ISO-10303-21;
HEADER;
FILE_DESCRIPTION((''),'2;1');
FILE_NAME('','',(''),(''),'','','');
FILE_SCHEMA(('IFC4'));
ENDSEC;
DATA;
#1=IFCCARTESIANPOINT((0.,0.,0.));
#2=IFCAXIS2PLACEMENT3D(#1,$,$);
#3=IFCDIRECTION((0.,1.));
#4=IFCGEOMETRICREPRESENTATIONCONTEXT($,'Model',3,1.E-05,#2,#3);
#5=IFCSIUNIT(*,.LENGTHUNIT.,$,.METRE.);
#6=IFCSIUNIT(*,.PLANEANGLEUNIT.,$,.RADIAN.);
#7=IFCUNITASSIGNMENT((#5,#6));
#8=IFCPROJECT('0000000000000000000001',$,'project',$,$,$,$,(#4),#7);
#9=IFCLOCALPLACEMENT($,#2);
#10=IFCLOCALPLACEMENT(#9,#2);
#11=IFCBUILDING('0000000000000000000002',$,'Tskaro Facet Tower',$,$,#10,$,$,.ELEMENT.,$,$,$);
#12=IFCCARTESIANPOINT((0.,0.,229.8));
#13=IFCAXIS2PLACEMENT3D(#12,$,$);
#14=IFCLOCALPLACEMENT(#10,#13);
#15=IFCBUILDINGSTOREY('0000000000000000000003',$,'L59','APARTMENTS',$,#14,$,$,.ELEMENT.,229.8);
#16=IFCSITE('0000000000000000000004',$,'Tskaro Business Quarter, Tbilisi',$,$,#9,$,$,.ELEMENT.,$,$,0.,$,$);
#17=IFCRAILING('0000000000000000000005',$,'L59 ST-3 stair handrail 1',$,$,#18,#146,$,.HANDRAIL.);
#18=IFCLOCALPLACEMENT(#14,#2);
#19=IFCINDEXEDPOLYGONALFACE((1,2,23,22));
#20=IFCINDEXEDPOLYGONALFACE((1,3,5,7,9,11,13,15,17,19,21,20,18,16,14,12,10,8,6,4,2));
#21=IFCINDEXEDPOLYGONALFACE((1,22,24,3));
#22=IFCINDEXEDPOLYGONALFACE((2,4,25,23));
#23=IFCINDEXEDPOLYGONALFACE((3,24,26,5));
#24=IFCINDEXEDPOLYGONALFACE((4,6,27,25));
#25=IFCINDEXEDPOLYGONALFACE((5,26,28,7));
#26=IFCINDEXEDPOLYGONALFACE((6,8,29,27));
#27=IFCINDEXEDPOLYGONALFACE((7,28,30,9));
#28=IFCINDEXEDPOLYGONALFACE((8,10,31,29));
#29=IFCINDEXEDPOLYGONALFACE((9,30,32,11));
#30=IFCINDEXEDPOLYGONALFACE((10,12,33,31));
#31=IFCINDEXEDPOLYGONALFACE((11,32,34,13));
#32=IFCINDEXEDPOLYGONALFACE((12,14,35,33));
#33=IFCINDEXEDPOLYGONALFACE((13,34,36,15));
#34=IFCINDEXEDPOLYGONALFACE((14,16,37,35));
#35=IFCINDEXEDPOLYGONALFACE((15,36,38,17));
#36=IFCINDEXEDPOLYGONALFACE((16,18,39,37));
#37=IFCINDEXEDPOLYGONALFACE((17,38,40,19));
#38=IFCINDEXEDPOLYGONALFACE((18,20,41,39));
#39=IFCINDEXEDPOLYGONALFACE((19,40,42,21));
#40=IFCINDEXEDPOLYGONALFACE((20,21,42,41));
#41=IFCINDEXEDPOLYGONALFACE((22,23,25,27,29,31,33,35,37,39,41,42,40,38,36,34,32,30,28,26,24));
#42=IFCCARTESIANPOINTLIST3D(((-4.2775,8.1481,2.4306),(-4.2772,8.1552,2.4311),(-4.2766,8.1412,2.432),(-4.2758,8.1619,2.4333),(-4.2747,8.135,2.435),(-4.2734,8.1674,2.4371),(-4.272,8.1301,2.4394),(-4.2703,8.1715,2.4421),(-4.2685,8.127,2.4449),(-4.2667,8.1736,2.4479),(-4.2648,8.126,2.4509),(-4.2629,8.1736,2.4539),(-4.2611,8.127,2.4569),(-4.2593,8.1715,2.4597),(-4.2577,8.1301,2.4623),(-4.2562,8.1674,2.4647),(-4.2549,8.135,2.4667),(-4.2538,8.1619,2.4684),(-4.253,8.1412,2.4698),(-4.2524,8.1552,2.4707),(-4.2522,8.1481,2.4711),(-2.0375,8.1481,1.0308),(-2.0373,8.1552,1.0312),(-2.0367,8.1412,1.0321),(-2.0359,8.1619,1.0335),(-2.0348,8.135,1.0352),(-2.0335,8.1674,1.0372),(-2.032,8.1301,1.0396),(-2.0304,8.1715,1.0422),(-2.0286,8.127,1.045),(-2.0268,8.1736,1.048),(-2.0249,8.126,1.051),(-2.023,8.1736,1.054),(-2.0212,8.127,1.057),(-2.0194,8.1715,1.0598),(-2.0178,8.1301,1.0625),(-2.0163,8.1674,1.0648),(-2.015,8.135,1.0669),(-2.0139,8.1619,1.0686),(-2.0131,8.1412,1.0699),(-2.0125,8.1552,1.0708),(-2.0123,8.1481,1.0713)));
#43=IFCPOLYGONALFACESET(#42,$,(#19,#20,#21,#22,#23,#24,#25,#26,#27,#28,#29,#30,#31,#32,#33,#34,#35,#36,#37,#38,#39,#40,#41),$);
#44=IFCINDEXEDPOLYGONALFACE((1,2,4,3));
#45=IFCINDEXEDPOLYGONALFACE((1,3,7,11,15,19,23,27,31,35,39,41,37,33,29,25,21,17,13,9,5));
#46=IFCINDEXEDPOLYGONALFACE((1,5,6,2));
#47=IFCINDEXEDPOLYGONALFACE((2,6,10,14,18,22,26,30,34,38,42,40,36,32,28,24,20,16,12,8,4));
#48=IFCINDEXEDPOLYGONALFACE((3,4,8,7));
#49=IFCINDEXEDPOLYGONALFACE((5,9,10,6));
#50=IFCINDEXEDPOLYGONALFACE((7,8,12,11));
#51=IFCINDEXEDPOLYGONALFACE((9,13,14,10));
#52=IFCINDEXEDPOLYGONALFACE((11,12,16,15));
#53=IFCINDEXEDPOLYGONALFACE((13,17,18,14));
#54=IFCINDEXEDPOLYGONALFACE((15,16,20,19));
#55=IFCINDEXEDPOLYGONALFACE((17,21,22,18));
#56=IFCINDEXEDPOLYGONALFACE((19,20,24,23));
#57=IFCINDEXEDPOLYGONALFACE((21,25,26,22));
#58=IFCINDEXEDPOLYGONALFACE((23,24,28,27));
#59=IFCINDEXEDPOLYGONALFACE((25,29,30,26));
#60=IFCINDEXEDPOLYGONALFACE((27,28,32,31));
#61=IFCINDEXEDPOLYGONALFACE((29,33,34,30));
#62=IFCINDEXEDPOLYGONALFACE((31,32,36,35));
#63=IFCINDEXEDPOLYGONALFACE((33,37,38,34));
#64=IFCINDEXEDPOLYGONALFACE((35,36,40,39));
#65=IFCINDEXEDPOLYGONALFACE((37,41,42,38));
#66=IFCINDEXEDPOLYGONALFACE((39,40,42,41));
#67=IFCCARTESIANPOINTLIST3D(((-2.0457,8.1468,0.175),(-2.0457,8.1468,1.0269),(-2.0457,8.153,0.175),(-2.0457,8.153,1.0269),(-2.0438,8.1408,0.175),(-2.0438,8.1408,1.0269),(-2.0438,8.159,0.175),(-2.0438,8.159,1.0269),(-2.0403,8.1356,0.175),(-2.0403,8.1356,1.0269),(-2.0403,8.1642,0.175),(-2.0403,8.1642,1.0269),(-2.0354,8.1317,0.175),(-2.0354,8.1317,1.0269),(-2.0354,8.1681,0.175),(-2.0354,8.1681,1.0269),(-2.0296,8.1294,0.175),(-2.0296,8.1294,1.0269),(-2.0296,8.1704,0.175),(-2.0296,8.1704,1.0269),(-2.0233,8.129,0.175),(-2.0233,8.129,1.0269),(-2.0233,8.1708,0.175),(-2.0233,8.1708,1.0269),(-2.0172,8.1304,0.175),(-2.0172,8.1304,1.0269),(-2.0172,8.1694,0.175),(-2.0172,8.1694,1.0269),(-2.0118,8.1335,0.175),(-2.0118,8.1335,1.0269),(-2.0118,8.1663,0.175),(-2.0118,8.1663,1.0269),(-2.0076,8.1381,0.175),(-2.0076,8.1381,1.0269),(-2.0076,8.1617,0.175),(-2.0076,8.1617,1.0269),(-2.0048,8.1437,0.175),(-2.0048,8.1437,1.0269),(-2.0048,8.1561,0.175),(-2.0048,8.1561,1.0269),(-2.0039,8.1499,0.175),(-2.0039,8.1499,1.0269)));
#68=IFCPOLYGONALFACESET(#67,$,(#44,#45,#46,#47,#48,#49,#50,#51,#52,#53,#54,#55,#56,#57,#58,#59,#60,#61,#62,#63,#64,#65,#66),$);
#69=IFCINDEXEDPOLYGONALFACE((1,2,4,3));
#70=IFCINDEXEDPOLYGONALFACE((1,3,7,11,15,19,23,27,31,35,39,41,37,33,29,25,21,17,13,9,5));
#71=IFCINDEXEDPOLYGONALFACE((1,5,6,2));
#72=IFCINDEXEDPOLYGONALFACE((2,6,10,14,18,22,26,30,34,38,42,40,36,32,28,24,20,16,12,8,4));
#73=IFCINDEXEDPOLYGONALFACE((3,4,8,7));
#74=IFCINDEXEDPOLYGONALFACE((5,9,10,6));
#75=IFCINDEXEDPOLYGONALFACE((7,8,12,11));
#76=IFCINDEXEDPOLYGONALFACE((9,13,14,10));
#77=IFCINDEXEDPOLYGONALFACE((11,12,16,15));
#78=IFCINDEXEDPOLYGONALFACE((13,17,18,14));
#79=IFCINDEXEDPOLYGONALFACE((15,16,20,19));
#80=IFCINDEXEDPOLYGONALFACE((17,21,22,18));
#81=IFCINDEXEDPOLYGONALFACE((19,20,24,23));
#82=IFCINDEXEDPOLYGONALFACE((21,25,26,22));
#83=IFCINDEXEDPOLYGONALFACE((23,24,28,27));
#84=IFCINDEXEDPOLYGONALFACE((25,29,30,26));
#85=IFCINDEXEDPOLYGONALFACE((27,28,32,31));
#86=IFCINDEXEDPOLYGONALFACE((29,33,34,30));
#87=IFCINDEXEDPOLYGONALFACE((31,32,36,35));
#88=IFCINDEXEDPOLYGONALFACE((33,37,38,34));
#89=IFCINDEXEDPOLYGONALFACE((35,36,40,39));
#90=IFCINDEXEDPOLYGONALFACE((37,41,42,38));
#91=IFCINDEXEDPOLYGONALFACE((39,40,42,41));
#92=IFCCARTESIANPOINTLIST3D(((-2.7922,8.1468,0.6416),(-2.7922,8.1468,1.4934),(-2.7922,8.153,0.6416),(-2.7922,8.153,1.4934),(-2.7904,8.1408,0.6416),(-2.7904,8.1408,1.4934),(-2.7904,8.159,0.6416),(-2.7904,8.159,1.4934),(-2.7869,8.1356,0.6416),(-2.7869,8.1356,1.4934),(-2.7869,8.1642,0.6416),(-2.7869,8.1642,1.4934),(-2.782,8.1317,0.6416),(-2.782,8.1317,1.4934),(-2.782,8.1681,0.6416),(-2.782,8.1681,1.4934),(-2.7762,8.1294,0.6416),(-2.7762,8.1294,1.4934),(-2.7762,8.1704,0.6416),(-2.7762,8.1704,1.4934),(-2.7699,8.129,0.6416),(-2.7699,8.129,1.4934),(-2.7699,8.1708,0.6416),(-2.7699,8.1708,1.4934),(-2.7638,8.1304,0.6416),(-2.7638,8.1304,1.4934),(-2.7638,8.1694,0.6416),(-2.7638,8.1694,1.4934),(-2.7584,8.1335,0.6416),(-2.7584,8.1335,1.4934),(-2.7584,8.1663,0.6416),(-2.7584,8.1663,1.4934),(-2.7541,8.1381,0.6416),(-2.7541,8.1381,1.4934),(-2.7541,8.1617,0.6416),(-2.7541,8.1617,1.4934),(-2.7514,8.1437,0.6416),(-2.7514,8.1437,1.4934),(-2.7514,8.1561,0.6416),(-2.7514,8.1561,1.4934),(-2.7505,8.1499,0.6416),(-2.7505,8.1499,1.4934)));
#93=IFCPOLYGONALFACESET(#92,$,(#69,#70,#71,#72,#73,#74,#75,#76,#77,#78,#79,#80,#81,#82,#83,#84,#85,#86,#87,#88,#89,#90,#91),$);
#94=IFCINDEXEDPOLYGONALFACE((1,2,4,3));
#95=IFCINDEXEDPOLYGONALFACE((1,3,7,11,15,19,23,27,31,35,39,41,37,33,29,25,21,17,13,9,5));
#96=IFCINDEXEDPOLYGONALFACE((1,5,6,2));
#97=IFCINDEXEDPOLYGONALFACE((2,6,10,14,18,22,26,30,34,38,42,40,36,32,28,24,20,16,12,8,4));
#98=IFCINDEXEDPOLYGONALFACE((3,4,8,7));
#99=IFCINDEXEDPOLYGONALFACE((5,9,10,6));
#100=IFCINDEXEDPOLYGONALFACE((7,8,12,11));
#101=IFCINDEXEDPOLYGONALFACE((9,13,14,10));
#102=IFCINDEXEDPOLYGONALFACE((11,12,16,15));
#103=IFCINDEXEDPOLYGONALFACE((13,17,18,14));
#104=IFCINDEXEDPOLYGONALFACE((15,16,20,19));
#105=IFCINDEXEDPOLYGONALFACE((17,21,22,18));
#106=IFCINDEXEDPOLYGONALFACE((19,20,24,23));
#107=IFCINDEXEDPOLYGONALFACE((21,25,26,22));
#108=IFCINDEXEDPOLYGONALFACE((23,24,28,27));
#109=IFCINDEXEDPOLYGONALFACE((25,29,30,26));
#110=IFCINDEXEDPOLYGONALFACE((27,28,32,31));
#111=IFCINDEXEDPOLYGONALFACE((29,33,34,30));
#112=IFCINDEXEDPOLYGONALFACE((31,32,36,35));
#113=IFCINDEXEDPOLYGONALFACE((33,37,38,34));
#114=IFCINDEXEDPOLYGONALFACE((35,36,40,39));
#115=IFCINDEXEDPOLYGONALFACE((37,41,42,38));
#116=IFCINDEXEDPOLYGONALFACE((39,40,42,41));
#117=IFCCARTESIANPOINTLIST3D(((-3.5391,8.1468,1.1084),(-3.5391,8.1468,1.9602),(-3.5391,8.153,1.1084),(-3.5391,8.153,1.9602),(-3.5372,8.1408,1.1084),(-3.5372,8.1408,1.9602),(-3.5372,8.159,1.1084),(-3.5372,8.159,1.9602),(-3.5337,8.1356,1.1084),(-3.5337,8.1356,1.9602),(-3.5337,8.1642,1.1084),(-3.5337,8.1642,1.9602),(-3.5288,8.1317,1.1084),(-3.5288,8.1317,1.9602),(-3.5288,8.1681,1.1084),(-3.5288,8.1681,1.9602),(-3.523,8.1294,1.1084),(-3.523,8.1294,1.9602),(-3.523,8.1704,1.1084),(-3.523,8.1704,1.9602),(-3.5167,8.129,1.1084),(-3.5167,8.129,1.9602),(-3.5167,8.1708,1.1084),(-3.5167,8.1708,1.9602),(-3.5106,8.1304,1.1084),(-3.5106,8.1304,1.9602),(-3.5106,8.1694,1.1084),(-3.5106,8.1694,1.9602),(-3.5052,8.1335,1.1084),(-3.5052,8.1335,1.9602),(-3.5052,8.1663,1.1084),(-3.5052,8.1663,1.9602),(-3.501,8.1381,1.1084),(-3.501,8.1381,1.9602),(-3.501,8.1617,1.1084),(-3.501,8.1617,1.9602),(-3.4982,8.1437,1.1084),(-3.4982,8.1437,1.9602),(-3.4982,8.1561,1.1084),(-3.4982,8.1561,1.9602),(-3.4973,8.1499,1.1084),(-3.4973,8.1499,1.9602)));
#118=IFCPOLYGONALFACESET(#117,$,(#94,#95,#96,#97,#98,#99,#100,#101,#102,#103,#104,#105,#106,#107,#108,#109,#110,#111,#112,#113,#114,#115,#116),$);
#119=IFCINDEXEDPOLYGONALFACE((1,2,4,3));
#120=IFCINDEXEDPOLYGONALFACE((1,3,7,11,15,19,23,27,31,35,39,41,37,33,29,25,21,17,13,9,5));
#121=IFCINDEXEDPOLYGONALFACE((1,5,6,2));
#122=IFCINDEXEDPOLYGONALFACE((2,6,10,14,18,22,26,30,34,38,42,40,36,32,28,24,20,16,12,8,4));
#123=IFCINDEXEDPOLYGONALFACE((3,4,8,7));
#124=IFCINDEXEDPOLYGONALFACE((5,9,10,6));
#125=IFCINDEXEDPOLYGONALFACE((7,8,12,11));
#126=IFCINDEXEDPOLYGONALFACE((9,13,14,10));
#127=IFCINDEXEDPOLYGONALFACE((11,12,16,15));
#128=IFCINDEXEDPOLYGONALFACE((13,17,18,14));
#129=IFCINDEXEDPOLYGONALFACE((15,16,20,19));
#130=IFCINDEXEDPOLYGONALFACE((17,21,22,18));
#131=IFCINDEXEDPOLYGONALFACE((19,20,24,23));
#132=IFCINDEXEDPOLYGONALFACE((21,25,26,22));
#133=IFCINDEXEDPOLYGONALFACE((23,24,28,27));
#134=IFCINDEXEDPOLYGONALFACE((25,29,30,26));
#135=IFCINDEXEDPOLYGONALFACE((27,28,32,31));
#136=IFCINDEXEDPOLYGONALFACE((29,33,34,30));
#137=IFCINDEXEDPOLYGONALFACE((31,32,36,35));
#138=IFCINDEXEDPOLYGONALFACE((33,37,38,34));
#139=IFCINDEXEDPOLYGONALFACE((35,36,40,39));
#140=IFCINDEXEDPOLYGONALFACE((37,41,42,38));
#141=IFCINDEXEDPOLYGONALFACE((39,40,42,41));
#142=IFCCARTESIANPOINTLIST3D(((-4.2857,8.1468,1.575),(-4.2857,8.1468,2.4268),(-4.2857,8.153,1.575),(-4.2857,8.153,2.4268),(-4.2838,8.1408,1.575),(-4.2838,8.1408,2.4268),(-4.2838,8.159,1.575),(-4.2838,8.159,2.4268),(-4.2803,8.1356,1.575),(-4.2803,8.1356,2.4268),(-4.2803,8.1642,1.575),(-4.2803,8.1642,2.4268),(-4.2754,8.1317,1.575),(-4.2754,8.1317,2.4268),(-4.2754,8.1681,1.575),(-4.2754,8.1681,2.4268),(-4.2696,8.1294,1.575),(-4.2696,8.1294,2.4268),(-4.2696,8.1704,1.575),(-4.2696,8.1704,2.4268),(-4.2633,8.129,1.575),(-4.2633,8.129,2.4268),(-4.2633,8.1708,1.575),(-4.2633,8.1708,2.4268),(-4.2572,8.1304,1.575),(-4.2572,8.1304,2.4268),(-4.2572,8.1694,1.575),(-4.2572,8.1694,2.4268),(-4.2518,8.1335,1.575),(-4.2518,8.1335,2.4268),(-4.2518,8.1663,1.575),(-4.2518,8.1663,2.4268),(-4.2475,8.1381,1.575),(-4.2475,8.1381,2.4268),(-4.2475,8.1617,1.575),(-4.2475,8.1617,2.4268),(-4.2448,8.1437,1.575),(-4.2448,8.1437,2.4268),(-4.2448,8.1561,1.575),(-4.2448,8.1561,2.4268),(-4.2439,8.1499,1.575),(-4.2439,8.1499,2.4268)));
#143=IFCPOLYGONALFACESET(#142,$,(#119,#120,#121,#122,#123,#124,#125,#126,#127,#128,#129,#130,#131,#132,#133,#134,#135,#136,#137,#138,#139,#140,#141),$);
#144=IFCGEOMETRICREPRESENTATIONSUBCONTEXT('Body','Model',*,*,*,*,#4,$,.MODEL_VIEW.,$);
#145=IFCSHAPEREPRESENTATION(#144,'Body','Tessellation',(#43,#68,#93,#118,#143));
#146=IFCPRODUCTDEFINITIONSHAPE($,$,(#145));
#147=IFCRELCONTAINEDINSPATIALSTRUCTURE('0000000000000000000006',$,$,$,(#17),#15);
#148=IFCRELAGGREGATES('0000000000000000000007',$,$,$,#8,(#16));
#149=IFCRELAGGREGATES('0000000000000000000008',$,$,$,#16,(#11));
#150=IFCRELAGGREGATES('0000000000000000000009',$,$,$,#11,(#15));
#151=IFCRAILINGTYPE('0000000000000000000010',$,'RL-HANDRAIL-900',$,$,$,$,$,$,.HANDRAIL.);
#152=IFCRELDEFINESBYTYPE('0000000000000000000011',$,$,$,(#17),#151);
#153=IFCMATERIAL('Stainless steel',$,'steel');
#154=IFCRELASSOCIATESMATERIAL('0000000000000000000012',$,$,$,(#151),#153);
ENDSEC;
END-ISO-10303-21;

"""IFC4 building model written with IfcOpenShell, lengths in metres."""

from ifc_helpers import new_model, si_unit, direction, frame, origin, origin_2d, place, context, subcontext, project, spatial, circle, extrude, material, type_object, element, save


model = new_model("IFC4")

# Units and contexts
model_context = context("Model", 3, precision=1e-05, world=origin(), true_north=direction((0.0, 1.0)))
body_context = subcontext(model_context, "Body", "Model", "MODEL_VIEW")
ifc_project = project(units=[si_unit("LENGTHUNIT", "METRE"), si_unit("PLANEANGLEUNIT", "RADIAN")], contexts=[model_context])

# Site, building, storey
site_placement = place(None, origin())
site = spatial("IfcSite", under=ifc_project, at=site_placement, Name="Tskaro Business Quarter, Tbilisi", CompositionType="ELEMENT", RefElevation=0.0)
building_placement = place(site_placement, origin())
building = spatial("IfcBuilding", under=site, at=building_placement, Name="Tskaro Facet Tower", CompositionType="ELEMENT")
storey_placement = place(building_placement, frame((0.0, 0.0, 229.8)))
storey = spatial("IfcBuildingStorey", under=building, at=storey_placement, Name="L59", Description="APARTMENTS", CompositionType="ELEMENT", Elevation=229.8)

# Railing
ifc_material_1 = material(Name="Stainless steel", Category="steel")
railing_type_1 = type_object("IfcRailingType", Name="RL-HANDRAIL-900", PredefinedType="HANDRAIL", material=ifc_material_1)
railing_1_placement = place(storey_placement, frame((-2.0249, 8.1499, 0.175)))
element("IfcRailing", 1, at=railing_1_placement, inside=storey, type_object=railing_type_1, Name="L59 ST-3 stair handrail 1", PredefinedType="HANDRAIL", context=body_context, shape_type="SweptSolid", body=[
    extrude(circle(Radius=0.0239, at=origin_2d()), frame((0.0, 0.0, 0.876), z_axis=(-0.848014, 0.0, 0.529974), x_axis=(0.0, -1.0, 0.0)), (0.0, 0.0, 1.0), 2.6414),
    extrude(circle(Radius=0.021, at=origin_2d()), origin(), (0.0, 0.0, 1.0), 0.8518),
    extrude(circle(Radius=0.021, at=origin_2d()), frame((-0.7466, 0.0, 0.4666)), (0.0, 0.0, 1.0), 0.8518),
    extrude(circle(Radius=0.021, at=origin_2d()), frame((-1.4934, 0.0, 0.9333)), (0.0, 0.0, 1.0), 0.8518),
    extrude(circle(Radius=0.021, at=origin_2d()), frame((-2.24, 0.0, 1.3999)), (0.0, 0.0, 1.0), 0.8518),
])

save(model, "model.ifc")
